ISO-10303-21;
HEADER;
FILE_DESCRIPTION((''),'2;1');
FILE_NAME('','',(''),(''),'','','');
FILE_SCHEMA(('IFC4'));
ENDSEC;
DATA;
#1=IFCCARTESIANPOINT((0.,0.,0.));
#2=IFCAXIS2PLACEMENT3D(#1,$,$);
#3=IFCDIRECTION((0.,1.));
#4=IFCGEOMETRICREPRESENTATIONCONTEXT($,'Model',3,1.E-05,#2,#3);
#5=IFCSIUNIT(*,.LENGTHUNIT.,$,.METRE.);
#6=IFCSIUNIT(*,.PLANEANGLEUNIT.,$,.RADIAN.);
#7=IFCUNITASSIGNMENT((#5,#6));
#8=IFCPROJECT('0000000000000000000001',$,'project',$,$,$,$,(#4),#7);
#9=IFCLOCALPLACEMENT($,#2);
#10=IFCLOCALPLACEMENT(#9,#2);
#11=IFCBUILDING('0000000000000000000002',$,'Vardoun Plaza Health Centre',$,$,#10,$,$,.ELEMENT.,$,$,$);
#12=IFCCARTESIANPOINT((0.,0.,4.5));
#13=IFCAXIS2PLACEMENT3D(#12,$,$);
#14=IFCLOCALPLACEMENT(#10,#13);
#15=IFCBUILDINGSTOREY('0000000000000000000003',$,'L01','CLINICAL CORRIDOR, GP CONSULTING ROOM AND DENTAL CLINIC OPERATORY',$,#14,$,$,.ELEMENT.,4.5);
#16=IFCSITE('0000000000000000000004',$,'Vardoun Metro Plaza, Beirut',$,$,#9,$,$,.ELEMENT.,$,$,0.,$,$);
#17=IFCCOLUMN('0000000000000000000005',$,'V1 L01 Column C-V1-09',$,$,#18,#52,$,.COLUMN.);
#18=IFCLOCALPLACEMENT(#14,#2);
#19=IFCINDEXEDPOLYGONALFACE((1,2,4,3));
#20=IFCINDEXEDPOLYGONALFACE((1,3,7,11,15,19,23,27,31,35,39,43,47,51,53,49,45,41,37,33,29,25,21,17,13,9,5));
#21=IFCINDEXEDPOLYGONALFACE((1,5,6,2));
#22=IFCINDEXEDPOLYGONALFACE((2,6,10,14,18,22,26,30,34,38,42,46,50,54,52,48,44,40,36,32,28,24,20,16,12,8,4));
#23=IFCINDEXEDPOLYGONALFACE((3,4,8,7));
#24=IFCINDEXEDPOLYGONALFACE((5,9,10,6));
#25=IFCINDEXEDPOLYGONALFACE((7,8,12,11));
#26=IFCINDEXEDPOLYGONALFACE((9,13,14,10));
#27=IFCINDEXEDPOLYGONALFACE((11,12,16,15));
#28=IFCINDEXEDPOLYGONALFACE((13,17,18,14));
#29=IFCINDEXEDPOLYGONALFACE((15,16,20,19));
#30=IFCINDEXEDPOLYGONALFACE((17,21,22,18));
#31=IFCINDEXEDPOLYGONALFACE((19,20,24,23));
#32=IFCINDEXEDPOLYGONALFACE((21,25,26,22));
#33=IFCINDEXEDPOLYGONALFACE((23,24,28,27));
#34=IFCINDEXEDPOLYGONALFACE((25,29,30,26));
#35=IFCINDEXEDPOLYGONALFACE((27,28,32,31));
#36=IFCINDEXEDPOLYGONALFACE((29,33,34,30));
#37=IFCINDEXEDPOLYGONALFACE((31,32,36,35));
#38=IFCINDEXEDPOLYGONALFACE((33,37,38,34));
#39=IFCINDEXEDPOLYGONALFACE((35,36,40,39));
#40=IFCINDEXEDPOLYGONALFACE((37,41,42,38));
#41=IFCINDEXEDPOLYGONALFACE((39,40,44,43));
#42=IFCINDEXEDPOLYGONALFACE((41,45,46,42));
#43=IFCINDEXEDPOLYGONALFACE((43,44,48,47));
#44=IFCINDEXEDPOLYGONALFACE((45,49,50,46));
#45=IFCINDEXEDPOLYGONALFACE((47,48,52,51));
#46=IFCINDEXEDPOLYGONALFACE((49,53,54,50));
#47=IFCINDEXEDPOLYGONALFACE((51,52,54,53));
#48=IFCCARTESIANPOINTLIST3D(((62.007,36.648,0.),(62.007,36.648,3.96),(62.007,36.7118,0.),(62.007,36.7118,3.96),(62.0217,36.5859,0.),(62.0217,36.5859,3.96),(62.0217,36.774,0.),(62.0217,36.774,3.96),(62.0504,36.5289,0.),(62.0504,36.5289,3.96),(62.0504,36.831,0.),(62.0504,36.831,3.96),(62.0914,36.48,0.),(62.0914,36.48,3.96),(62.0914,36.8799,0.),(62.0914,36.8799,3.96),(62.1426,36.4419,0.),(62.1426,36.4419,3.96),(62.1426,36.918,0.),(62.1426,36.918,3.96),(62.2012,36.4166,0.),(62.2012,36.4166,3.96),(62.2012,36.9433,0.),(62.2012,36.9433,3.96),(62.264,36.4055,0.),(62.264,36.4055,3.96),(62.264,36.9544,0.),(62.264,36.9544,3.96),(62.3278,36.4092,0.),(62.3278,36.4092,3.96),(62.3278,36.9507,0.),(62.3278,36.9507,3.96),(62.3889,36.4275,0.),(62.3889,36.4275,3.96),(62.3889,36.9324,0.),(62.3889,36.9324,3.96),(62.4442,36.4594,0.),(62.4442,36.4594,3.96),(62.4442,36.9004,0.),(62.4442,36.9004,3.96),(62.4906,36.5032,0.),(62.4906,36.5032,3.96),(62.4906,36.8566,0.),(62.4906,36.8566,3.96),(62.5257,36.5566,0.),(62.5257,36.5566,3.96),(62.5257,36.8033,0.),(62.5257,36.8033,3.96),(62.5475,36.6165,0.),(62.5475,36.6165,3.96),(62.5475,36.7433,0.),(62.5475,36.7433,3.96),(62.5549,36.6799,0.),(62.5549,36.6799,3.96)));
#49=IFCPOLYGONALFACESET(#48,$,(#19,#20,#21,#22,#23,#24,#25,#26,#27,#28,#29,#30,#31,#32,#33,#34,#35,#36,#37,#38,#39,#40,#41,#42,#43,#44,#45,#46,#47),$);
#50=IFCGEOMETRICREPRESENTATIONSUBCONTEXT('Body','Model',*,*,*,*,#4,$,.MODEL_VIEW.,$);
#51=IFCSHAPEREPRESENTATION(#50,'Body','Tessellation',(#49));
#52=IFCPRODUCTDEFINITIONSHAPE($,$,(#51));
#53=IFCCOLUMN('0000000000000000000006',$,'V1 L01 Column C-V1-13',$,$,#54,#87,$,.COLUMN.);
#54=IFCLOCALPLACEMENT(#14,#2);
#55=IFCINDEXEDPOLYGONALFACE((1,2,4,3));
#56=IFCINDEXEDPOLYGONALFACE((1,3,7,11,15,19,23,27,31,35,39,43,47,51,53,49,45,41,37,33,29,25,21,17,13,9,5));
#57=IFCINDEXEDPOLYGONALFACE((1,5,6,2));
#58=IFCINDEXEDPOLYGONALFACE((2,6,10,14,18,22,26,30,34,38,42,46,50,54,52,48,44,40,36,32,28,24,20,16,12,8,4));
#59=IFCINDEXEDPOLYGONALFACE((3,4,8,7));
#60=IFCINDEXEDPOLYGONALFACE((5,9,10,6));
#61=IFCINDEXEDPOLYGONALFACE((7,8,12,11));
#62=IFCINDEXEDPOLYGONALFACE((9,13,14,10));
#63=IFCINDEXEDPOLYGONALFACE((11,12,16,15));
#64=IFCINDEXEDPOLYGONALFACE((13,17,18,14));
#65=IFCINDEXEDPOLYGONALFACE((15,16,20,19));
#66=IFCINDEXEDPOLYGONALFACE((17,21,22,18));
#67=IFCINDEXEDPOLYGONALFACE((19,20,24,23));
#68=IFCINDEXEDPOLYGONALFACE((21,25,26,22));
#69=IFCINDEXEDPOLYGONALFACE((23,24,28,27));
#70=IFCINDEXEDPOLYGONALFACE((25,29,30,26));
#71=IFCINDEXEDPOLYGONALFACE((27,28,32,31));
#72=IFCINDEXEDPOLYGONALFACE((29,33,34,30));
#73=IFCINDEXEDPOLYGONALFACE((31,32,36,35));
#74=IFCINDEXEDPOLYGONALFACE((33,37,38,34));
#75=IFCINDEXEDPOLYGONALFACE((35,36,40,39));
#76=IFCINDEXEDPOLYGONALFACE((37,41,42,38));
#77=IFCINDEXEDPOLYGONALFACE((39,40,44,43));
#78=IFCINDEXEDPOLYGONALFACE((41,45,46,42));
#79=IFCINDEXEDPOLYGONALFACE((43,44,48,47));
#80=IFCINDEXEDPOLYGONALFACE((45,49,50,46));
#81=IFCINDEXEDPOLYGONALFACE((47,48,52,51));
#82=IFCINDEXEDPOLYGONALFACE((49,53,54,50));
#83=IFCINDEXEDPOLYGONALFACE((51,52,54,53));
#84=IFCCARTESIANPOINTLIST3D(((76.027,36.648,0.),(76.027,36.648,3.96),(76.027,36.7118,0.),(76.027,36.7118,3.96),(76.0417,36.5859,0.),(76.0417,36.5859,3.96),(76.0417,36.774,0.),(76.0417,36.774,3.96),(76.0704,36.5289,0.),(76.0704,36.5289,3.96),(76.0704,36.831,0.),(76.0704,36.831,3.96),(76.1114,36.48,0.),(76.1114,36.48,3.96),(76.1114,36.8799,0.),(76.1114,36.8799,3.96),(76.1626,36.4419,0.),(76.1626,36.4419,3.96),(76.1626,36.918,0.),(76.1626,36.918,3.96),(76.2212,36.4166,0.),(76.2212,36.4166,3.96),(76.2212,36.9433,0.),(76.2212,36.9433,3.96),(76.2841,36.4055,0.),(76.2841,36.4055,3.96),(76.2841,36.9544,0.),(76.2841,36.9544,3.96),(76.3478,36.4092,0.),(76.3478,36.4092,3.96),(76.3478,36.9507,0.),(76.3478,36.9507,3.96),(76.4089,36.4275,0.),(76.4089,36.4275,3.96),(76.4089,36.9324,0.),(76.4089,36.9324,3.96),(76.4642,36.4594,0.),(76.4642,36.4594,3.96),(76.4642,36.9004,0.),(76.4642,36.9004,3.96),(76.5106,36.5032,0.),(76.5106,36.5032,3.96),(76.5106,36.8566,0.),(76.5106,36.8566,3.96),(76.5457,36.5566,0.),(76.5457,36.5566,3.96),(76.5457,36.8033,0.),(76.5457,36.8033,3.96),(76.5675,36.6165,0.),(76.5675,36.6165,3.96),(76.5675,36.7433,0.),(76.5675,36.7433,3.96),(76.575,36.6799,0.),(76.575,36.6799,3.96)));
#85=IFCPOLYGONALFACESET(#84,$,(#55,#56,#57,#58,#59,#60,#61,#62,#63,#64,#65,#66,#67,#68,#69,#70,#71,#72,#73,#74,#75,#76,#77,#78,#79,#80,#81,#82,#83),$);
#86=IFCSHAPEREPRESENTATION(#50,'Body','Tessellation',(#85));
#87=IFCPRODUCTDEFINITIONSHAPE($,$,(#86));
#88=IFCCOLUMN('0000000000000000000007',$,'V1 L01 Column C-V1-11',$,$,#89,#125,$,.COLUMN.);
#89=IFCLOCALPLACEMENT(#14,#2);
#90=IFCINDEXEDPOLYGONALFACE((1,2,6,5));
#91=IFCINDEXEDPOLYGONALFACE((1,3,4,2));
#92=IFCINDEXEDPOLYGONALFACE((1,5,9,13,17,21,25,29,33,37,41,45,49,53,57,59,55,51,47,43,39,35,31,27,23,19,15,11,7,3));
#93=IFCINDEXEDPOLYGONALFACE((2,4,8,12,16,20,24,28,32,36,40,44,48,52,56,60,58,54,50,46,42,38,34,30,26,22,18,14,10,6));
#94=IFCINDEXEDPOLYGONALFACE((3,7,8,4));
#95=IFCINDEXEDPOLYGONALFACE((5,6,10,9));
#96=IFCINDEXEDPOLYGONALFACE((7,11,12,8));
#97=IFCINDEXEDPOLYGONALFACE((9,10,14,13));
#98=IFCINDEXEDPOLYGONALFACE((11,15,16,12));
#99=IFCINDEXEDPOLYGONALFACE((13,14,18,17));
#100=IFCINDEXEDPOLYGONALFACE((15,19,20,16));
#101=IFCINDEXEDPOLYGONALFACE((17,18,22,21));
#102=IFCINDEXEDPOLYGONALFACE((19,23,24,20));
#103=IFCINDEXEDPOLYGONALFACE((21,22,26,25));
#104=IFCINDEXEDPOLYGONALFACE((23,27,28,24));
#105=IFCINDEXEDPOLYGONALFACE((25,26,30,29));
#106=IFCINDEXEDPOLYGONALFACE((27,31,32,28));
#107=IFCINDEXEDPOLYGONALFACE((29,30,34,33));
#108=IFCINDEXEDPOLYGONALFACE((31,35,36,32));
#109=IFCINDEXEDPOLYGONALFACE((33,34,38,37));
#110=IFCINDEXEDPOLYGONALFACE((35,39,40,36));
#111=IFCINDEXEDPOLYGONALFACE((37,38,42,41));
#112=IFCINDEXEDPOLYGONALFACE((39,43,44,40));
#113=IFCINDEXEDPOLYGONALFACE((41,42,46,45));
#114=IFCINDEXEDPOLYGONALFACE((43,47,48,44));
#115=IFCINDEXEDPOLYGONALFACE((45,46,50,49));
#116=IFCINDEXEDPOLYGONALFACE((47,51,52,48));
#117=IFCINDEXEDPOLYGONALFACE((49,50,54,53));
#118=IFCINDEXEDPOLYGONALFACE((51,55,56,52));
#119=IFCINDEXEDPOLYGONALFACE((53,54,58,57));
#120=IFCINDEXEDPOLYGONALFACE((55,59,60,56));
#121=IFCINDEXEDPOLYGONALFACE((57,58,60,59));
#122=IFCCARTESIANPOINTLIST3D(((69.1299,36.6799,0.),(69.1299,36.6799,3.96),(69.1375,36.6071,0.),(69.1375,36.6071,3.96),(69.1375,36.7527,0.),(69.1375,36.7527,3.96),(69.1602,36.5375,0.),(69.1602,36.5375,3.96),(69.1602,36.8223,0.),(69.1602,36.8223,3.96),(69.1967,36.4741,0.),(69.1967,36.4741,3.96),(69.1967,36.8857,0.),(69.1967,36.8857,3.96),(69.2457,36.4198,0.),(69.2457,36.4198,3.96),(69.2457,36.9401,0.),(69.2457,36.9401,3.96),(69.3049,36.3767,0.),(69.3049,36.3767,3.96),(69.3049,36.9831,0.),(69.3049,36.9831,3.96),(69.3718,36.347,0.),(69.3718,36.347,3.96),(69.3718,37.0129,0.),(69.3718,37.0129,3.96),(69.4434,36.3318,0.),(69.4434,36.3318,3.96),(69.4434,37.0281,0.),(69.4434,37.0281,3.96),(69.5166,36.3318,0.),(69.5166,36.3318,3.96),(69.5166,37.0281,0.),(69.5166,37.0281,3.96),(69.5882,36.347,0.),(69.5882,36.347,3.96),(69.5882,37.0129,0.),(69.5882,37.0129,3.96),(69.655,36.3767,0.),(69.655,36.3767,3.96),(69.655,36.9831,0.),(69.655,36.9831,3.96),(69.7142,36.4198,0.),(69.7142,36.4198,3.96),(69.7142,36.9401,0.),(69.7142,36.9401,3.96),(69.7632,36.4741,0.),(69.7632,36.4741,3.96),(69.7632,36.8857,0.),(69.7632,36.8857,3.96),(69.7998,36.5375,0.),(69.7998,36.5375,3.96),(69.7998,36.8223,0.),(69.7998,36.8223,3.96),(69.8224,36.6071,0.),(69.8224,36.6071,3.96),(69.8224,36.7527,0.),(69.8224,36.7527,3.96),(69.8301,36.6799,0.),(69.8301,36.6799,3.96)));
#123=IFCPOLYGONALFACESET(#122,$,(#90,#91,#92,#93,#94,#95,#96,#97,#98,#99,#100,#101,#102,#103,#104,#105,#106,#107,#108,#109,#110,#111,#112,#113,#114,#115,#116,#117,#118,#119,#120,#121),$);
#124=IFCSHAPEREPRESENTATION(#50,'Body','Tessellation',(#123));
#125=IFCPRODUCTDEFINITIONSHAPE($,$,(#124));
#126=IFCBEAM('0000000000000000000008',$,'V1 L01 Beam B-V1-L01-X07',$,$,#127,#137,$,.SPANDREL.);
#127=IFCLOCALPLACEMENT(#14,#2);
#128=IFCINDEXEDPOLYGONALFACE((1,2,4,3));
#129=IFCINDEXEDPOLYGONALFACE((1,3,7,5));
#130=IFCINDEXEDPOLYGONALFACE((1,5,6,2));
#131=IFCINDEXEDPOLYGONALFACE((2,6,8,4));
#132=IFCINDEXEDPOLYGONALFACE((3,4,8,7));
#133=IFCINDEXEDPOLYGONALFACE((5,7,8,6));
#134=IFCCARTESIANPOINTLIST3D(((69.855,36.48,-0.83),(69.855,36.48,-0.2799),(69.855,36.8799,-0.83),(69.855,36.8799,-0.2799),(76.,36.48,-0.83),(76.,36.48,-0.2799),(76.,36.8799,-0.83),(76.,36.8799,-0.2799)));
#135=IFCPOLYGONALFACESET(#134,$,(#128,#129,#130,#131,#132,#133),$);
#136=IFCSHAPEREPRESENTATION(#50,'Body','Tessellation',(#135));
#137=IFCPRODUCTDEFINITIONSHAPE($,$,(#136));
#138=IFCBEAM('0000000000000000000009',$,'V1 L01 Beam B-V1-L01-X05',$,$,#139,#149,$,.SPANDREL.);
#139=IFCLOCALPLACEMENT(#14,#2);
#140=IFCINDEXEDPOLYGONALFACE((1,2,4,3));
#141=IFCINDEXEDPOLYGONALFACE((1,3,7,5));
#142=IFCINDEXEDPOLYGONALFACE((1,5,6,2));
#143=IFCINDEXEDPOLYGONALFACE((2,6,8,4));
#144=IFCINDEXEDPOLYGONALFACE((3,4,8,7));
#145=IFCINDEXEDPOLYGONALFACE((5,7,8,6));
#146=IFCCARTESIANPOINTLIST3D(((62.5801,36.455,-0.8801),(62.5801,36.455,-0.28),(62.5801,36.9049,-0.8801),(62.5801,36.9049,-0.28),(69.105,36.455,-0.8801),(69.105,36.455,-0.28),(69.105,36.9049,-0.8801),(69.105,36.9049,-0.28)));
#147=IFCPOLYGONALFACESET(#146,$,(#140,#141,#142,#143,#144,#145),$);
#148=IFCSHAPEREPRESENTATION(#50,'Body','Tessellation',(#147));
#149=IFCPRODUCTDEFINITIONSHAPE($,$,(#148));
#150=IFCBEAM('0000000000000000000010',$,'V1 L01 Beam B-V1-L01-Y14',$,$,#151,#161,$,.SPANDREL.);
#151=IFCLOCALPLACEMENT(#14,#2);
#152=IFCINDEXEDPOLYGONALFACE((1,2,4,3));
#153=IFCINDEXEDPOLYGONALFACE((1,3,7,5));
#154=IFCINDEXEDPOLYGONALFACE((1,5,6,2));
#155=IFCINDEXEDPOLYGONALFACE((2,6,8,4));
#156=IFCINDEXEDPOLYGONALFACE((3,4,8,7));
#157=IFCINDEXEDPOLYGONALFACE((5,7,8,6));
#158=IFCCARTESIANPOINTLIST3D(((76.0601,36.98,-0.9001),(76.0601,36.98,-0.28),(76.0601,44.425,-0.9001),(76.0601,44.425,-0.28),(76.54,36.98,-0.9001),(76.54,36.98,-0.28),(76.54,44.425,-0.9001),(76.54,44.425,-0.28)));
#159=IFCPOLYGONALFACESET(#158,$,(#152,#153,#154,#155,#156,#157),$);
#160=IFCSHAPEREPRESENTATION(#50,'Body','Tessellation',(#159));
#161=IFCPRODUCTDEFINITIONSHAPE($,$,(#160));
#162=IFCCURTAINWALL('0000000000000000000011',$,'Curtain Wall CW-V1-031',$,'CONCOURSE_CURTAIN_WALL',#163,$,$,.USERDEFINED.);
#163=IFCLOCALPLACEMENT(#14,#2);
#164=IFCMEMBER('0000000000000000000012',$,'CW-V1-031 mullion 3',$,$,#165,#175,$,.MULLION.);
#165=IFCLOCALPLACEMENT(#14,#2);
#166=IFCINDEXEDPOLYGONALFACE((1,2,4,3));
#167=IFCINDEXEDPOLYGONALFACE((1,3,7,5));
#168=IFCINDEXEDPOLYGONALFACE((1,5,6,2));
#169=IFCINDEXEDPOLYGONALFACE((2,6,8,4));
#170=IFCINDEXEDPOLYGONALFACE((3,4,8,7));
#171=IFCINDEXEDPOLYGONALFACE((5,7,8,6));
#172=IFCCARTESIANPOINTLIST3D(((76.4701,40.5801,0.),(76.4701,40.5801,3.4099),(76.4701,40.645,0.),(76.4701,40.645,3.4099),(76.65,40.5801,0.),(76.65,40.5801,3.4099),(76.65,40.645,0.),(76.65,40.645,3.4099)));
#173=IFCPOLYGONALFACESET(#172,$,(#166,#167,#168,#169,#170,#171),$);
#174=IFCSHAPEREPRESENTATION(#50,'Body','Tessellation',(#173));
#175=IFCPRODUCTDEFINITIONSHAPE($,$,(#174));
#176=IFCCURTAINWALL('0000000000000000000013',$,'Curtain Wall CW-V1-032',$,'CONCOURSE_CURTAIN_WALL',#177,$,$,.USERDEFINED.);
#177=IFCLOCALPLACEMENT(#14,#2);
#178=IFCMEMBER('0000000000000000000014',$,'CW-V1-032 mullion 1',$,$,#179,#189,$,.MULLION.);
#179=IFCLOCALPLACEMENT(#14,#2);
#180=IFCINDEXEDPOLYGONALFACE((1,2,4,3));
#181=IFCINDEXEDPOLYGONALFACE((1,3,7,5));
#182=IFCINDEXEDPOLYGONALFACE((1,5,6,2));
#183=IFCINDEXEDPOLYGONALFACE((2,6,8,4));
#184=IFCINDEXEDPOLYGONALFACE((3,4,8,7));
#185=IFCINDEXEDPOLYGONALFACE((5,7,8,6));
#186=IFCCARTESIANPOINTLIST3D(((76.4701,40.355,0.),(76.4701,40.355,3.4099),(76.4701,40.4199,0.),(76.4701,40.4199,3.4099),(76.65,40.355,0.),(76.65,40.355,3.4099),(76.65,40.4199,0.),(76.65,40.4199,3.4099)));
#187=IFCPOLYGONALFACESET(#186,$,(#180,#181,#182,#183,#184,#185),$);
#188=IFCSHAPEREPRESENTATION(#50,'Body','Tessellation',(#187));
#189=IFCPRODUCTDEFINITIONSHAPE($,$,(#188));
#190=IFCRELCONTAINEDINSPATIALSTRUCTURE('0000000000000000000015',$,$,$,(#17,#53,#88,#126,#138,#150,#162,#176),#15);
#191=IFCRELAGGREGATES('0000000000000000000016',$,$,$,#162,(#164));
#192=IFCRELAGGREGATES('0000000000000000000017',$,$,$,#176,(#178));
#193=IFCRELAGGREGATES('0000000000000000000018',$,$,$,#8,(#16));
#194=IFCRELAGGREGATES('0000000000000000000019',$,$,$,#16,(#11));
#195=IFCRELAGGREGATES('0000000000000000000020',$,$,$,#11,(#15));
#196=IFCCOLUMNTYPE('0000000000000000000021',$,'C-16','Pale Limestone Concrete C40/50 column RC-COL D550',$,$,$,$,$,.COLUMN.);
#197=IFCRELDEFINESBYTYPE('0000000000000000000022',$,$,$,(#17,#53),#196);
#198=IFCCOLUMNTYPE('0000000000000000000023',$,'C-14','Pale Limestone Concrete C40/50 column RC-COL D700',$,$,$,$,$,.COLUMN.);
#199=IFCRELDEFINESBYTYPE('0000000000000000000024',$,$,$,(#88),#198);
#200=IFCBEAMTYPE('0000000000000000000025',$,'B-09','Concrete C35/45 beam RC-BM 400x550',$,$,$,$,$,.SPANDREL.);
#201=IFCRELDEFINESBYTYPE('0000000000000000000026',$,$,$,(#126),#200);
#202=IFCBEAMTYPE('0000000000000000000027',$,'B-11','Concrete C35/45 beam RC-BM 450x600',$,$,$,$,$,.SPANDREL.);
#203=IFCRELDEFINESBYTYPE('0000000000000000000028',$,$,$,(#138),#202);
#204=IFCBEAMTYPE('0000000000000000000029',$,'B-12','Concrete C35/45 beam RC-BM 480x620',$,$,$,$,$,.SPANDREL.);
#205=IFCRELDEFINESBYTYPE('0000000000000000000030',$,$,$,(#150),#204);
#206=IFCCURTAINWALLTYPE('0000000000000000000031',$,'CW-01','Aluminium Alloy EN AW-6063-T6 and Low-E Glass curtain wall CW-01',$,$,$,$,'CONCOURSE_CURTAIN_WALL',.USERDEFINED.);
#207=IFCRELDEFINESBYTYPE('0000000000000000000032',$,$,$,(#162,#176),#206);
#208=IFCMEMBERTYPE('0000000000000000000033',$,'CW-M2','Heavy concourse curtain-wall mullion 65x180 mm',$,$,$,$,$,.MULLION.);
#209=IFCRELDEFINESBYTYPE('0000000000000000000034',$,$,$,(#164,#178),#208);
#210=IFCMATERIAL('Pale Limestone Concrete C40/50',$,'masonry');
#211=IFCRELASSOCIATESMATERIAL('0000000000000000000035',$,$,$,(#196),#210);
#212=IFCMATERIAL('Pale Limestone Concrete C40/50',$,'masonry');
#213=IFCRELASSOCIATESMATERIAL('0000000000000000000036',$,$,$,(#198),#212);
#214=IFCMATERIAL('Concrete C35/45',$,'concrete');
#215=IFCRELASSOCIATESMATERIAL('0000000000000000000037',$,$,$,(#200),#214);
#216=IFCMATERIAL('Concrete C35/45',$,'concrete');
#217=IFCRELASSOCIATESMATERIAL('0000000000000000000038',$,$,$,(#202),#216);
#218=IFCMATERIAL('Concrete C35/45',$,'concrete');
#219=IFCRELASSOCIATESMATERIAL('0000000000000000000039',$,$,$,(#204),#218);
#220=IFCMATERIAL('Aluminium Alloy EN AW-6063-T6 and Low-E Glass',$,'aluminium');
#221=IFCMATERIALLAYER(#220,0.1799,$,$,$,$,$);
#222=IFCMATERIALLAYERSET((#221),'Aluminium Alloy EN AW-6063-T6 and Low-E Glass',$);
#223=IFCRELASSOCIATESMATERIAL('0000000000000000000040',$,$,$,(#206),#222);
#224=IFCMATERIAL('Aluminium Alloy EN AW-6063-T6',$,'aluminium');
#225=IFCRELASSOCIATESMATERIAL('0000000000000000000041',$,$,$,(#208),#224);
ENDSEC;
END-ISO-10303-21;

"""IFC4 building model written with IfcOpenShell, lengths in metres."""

from ifc_helpers import new_model, si_unit, direction, frame, origin, origin_2d, place, context, subcontext, project, spatial, rectangle, circle, extrude, material, layer, layer_set, material_profile, profile_set, type_object, element, aggregate, save


model = new_model("IFC4")

# Units and contexts
model_context = context("Model", 3, precision=1e-05, world=origin(), true_north=direction((0.0, 1.0)))
body_context = subcontext(model_context, "Body", "Model", "MODEL_VIEW")
ifc_project = project(units=[si_unit("LENGTHUNIT", "METRE"), si_unit("PLANEANGLEUNIT", "RADIAN")], contexts=[model_context])

# Site, building, storey
site_placement = place(None, origin())
site = spatial("IfcSite", under=ifc_project, at=site_placement, Name="Vardoun Metro Plaza, Beirut", CompositionType="ELEMENT", RefElevation=0.0)
building_placement = place(site_placement, origin())
building = spatial("IfcBuilding", under=site, at=building_placement, Name="Vardoun Plaza Health Centre", CompositionType="ELEMENT")
storey_placement = place(building_placement, frame((0.0, 0.0, 4.5)))
storey = spatial("IfcBuildingStorey", under=building, at=storey_placement, Name="L01", Description="CLINICAL CORRIDOR, GP CONSULTING ROOM AND DENTAL CLINIC OPERATORY", CompositionType="ELEMENT", Elevation=4.5)

# Columns
ifc_material_1 = material(Name="Pale Limestone Concrete C40/50", Category="masonry")
ifc_material_profile_1 = material_profile(ifc_material_1, circle(Radius=0.2749, at=origin_2d()), Name="RC-COL D550")
ifc_profile_set_1 = profile_set([ifc_material_profile_1], Name="Pale Limestone Concrete C40/50")
column_type_1 = type_object("IfcColumnType", Name="C-16", Description="Pale Limestone Concrete C40/50 column RC-COL D550", PredefinedType="COLUMN", material=ifc_profile_set_1)
for number, where, z_axis, x_axis, name in (
    (1, (62.28, 36.6799, 0.0), (0.0, 0.0, 1.0), (1.0, 0.0, 0.0), "V1 L01 Column C-V1-09"),
    (2, (76.3, 36.6799, 0.0), (0.0, 0.0, 1.0), (1.0, 0.0, 0.0), "V1 L01 Column C-V1-13"),
):
    element("IfcColumn", number, at=place(storey_placement, frame(where, z_axis=z_axis, x_axis=x_axis)), inside=storey, type_object=column_type_1, Name=name, PredefinedType="COLUMN", context=body_context, shape_type="SweptSolid", body=[
        extrude(circle(Radius=0.2749, at=origin_2d()), origin(), (0.0, 0.0, 1.0), 3.96),
    ])
ifc_material_2 = material(Name="Pale Limestone Concrete C40/50", Category="masonry")
ifc_material_profile_2 = material_profile(ifc_material_2, circle(Radius=0.3501, at=origin_2d()), Name="RC-COL D700")
ifc_profile_set_2 = profile_set([ifc_material_profile_2], Name="Pale Limestone Concrete C40/50")
column_type_2 = type_object("IfcColumnType", Name="C-14", Description="Pale Limestone Concrete C40/50 column RC-COL D700", PredefinedType="COLUMN", material=ifc_profile_set_2)
column_placement = place(storey_placement, frame((69.48, 36.6799, 0.0), z_axis=(0.0, 0.0, 1.0), x_axis=(1.0, 0.0, 0.0)))
element("IfcColumn", 3, at=column_placement, inside=storey, type_object=column_type_2, Name="V1 L01 Column C-V1-11", PredefinedType="COLUMN", context=body_context, shape_type="SweptSolid", body=[
    extrude(circle(Radius=0.3501, at=origin_2d()), origin(), (0.0, 0.0, 1.0), 3.96),
])

# Beams
ifc_material_3 = material(Name="Concrete C35/45", Category="concrete")
ifc_material_profile_3 = material_profile(ifc_material_3, rectangle(XDim=0.3999, YDim=0.55, at=origin_2d()), Name="RC-BM 400x550")
ifc_profile_set_3 = profile_set([ifc_material_profile_3], Name="Concrete C35/45")
beam_type_1 = type_object("IfcBeamType", Name="B-09", Description="Concrete C35/45 beam RC-BM 400x550", PredefinedType="SPANDREL", material=ifc_profile_set_3)
beam_1_placement = place(storey_placement, frame((69.855, 36.6799, -0.5549), z_axis=(1.0, 0.0, 0.0), x_axis=(0.0, 1.0, 0.0)))
element("IfcBeam", 4, at=beam_1_placement, inside=storey, type_object=beam_type_1, Name="V1 L01 Beam B-V1-L01-X07", PredefinedType="SPANDREL", context=body_context, shape_type="SweptSolid", body=[
    extrude(rectangle(XDim=0.3999, YDim=0.55, at=origin_2d()), origin(), (0.0, 0.0, 1.0), 6.145),
])
ifc_material_4 = material(Name="Concrete C35/45", Category="concrete")
ifc_material_profile_4 = material_profile(ifc_material_4, rectangle(XDim=0.45, YDim=0.6001, at=origin_2d()), Name="RC-BM 450x600")
ifc_profile_set_4 = profile_set([ifc_material_profile_4], Name="Concrete C35/45")
beam_type_2 = type_object("IfcBeamType", Name="B-11", Description="Concrete C35/45 beam RC-BM 450x600", PredefinedType="SPANDREL", material=ifc_profile_set_4)
beam_2_placement = place(storey_placement, frame((62.5801, 36.6799, -0.5801), z_axis=(1.0, 0.0, 0.0), x_axis=(0.0, 1.0, 0.0)))
element("IfcBeam", 5, at=beam_2_placement, inside=storey, type_object=beam_type_2, Name="V1 L01 Beam B-V1-L01-X05", PredefinedType="SPANDREL", context=body_context, shape_type="SweptSolid", body=[
    extrude(rectangle(XDim=0.45, YDim=0.6001, at=origin_2d()), origin(), (0.0, 0.0, 1.0), 6.5249),
])
ifc_material_5 = material(Name="Concrete C35/45", Category="concrete")
ifc_material_profile_5 = material_profile(ifc_material_5, rectangle(XDim=0.48, YDim=0.6201, at=origin_2d()), Name="RC-BM 480x620")
ifc_profile_set_5 = profile_set([ifc_material_profile_5], Name="Concrete C35/45")
beam_type_3 = type_object("IfcBeamType", Name="B-12", Description="Concrete C35/45 beam RC-BM 480x620", PredefinedType="SPANDREL", material=ifc_profile_set_5)
beam_3_placement = place(storey_placement, frame((76.3, 36.98, -0.5901), z_axis=(0.0, 1.0, 0.0), x_axis=(-1.0, 0.0, 0.0)))
element("IfcBeam", 6, at=beam_3_placement, inside=storey, type_object=beam_type_3, Name="V1 L01 Beam B-V1-L01-Y14", PredefinedType="SPANDREL", context=body_context, shape_type="SweptSolid", body=[
    extrude(rectangle(XDim=0.48, YDim=0.6201, at=origin_2d()), origin(), (0.0, 0.0, 1.0), 7.4451),
])

# Curtain wall, member
ifc_material_6 = material(Name="Aluminium Alloy EN AW-6063-T6 and Low-E Glass", Category="aluminium")
ifc_layer_1 = layer(ifc_material_6, 0.1799)
ifc_layer_set_1 = layer_set([ifc_layer_1], Name="Aluminium Alloy EN AW-6063-T6 and Low-E Glass")
curtain_wall_type = type_object("IfcCurtainWallType", Name="CW-01", Description="Aluminium Alloy EN AW-6063-T6 and Low-E Glass curtain wall CW-01", ElementType="CONCOURSE_CURTAIN_WALL", PredefinedType="USERDEFINED", material=ifc_layer_set_1)
curtain_wall_1_placement = place(storey_placement, origin())
curtain_wall_1 = element("IfcCurtainWall", 7, at=curtain_wall_1_placement, inside=storey, type_object=curtain_wall_type, Name="Curtain Wall CW-V1-031", ObjectType="CONCOURSE_CURTAIN_WALL", PredefinedType="USERDEFINED")
ifc_material_7 = material(Name="Aluminium Alloy EN AW-6063-T6", Category="aluminium")
ifc_material_profile_6 = material_profile(ifc_material_7, rectangle(XDim=0.1799, YDim=0.0649, at=origin_2d()), Name="CWM 65x180")
ifc_profile_set_6 = profile_set([ifc_material_profile_6], Name="Aluminium Alloy EN AW-6063-T6")
member_type_1 = type_object("IfcMemberType", Name="CW-M2", Description="Heavy concourse curtain-wall mullion 65x180 mm", PredefinedType="MULLION", material=ifc_profile_set_6)
member_1_placement = place(storey_placement, frame((76.5601, 40.6125, 0.0), z_axis=(0.0, 0.0, 1.0), x_axis=(1.0, 0.0, 0.0)))
member_1 = element("IfcMember", 8, at=member_1_placement, type_object=member_type_1, Name="CW-V1-031 mullion 3", PredefinedType="MULLION", context=body_context, shape_type="SweptSolid", body=[
    extrude(rectangle(XDim=0.1799, YDim=0.0649, at=origin_2d()), origin(), (0.0, 0.0, 1.0), 3.4099),
])
aggregate(curtain_wall_1, [member_1])

# Curtain wall, member
curtain_wall_2_placement = place(storey_placement, origin())
curtain_wall_2 = element("IfcCurtainWall", 9, at=curtain_wall_2_placement, inside=storey, type_object=curtain_wall_type, Name="Curtain Wall CW-V1-032", ObjectType="CONCOURSE_CURTAIN_WALL", PredefinedType="USERDEFINED")
member_2_placement = place(storey_placement, frame((76.5601, 40.3875, 0.0), z_axis=(0.0, 0.0, 1.0), x_axis=(1.0, 0.0, 0.0)))
member_2 = element("IfcMember", 10, at=member_2_placement, type_object=member_type_1, Name="CW-V1-032 mullion 1", PredefinedType="MULLION", context=body_context, shape_type="SweptSolid", body=[
    extrude(rectangle(XDim=0.1799, YDim=0.0649, at=origin_2d()), origin(), (0.0, 0.0, 1.0), 3.4099),
])
aggregate(curtain_wall_2, [member_2])

save(model, "model.ifc")
